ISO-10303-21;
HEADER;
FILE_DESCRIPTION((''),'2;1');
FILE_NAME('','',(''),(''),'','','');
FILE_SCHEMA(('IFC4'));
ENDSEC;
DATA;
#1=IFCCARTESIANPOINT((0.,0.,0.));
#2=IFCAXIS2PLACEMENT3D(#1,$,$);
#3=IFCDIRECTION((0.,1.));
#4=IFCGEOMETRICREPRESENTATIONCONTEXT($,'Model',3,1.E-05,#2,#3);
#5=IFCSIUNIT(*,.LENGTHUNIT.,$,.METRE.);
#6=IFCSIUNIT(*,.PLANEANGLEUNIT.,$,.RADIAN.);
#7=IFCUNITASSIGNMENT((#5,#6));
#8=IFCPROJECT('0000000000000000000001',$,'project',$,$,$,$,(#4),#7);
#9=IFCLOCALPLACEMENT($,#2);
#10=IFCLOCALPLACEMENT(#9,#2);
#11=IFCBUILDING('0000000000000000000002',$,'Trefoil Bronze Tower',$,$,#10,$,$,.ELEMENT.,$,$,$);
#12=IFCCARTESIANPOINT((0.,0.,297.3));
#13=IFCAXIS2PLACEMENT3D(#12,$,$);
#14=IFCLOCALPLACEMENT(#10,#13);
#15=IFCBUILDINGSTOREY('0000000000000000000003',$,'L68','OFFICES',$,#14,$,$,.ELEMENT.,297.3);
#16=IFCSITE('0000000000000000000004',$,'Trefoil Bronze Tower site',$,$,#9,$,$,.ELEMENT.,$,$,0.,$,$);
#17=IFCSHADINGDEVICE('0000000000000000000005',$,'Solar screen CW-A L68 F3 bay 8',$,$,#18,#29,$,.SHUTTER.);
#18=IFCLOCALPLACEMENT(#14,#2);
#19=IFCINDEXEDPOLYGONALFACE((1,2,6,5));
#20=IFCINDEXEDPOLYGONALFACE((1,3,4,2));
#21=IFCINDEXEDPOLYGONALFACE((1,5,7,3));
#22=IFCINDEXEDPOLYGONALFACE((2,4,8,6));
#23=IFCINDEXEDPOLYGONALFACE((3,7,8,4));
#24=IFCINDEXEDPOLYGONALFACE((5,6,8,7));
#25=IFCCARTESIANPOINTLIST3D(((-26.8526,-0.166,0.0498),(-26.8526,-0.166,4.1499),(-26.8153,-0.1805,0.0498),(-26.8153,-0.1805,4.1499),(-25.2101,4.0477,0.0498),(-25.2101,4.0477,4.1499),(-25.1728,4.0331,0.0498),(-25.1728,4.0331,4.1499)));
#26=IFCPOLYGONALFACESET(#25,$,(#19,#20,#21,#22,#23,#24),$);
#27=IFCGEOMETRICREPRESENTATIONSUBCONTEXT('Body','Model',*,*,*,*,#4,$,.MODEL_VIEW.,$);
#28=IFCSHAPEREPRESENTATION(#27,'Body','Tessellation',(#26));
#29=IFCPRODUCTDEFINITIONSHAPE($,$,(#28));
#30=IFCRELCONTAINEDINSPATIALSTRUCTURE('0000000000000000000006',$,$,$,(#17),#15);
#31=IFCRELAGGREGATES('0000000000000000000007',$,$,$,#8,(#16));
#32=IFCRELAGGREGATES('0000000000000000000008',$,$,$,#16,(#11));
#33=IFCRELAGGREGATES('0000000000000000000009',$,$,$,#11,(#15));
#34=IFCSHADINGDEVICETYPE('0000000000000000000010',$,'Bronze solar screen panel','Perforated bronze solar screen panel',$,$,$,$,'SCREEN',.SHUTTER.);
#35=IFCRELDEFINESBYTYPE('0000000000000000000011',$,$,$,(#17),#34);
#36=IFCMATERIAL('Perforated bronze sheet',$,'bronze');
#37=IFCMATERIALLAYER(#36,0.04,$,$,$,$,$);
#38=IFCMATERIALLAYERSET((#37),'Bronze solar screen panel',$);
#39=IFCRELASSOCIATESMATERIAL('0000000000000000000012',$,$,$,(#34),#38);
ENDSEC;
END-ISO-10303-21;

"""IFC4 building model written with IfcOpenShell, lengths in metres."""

from ifc_helpers import new_model, si_unit, direction, frame, origin, origin_2d, place, context, subcontext, project, spatial, rectangle, extrude, material, layer, layer_set, type_object, element, save


model = new_model("IFC4")

# Units and contexts
model_context = context("Model", 3, precision=1e-05, world=origin(), true_north=direction((0.0, 1.0)))
body_context = subcontext(model_context, "Body", "Model", "MODEL_VIEW")
ifc_project = project(units=[si_unit("LENGTHUNIT", "METRE"), si_unit("PLANEANGLEUNIT", "RADIAN")], contexts=[model_context])

# Site, building, storey
site_placement = place(None, origin())
site = spatial("IfcSite", under=ifc_project, at=site_placement, Name="Trefoil Bronze Tower site", CompositionType="ELEMENT", RefElevation=0.0)
building_placement = place(site_placement, origin())
building = spatial("IfcBuilding", under=site, at=building_placement, Name="Trefoil Bronze Tower", CompositionType="ELEMENT")
storey_placement = place(building_placement, frame((0.0, 0.0, 297.3)))
storey = spatial("IfcBuildingStorey", under=building, at=storey_placement, Name="L68", Description="OFFICES", CompositionType="ELEMENT", Elevation=297.3)

# Shading device
ifc_material_1 = material(Name="Perforated bronze sheet", Category="bronze")
ifc_layer_1 = layer(ifc_material_1, 0.04)
ifc_layer_set_1 = layer_set([ifc_layer_1], Name="Bronze solar screen panel")
shading_device_type = type_object("IfcShadingDeviceType", Name="Bronze solar screen panel", Description="Perforated bronze solar screen panel", ElementType="SCREEN", PredefinedType="SHUTTER", material=ifc_layer_set_1)
shading_device_1_placement = place(storey_placement, frame((-26.0127, 1.9336, 0.0498), z_axis=(0.0, 0.0, 1.0), x_axis=(-0.363199, -0.931712, 0.0)))
element("IfcShadingDevice", 1, at=shading_device_1_placement, inside=storey, type_object=shading_device_type, Name="Solar screen CW-A L68 F3 bay 8", PredefinedType="SHUTTER", context=body_context, shape_type="SweptSolid", body=[
    extrude(rectangle(XDim=4.5225, YDim=0.04, at=origin_2d()), origin(), (0.0, 0.0, 1.0), 4.1001),
])

save(model, "model.ifc")
